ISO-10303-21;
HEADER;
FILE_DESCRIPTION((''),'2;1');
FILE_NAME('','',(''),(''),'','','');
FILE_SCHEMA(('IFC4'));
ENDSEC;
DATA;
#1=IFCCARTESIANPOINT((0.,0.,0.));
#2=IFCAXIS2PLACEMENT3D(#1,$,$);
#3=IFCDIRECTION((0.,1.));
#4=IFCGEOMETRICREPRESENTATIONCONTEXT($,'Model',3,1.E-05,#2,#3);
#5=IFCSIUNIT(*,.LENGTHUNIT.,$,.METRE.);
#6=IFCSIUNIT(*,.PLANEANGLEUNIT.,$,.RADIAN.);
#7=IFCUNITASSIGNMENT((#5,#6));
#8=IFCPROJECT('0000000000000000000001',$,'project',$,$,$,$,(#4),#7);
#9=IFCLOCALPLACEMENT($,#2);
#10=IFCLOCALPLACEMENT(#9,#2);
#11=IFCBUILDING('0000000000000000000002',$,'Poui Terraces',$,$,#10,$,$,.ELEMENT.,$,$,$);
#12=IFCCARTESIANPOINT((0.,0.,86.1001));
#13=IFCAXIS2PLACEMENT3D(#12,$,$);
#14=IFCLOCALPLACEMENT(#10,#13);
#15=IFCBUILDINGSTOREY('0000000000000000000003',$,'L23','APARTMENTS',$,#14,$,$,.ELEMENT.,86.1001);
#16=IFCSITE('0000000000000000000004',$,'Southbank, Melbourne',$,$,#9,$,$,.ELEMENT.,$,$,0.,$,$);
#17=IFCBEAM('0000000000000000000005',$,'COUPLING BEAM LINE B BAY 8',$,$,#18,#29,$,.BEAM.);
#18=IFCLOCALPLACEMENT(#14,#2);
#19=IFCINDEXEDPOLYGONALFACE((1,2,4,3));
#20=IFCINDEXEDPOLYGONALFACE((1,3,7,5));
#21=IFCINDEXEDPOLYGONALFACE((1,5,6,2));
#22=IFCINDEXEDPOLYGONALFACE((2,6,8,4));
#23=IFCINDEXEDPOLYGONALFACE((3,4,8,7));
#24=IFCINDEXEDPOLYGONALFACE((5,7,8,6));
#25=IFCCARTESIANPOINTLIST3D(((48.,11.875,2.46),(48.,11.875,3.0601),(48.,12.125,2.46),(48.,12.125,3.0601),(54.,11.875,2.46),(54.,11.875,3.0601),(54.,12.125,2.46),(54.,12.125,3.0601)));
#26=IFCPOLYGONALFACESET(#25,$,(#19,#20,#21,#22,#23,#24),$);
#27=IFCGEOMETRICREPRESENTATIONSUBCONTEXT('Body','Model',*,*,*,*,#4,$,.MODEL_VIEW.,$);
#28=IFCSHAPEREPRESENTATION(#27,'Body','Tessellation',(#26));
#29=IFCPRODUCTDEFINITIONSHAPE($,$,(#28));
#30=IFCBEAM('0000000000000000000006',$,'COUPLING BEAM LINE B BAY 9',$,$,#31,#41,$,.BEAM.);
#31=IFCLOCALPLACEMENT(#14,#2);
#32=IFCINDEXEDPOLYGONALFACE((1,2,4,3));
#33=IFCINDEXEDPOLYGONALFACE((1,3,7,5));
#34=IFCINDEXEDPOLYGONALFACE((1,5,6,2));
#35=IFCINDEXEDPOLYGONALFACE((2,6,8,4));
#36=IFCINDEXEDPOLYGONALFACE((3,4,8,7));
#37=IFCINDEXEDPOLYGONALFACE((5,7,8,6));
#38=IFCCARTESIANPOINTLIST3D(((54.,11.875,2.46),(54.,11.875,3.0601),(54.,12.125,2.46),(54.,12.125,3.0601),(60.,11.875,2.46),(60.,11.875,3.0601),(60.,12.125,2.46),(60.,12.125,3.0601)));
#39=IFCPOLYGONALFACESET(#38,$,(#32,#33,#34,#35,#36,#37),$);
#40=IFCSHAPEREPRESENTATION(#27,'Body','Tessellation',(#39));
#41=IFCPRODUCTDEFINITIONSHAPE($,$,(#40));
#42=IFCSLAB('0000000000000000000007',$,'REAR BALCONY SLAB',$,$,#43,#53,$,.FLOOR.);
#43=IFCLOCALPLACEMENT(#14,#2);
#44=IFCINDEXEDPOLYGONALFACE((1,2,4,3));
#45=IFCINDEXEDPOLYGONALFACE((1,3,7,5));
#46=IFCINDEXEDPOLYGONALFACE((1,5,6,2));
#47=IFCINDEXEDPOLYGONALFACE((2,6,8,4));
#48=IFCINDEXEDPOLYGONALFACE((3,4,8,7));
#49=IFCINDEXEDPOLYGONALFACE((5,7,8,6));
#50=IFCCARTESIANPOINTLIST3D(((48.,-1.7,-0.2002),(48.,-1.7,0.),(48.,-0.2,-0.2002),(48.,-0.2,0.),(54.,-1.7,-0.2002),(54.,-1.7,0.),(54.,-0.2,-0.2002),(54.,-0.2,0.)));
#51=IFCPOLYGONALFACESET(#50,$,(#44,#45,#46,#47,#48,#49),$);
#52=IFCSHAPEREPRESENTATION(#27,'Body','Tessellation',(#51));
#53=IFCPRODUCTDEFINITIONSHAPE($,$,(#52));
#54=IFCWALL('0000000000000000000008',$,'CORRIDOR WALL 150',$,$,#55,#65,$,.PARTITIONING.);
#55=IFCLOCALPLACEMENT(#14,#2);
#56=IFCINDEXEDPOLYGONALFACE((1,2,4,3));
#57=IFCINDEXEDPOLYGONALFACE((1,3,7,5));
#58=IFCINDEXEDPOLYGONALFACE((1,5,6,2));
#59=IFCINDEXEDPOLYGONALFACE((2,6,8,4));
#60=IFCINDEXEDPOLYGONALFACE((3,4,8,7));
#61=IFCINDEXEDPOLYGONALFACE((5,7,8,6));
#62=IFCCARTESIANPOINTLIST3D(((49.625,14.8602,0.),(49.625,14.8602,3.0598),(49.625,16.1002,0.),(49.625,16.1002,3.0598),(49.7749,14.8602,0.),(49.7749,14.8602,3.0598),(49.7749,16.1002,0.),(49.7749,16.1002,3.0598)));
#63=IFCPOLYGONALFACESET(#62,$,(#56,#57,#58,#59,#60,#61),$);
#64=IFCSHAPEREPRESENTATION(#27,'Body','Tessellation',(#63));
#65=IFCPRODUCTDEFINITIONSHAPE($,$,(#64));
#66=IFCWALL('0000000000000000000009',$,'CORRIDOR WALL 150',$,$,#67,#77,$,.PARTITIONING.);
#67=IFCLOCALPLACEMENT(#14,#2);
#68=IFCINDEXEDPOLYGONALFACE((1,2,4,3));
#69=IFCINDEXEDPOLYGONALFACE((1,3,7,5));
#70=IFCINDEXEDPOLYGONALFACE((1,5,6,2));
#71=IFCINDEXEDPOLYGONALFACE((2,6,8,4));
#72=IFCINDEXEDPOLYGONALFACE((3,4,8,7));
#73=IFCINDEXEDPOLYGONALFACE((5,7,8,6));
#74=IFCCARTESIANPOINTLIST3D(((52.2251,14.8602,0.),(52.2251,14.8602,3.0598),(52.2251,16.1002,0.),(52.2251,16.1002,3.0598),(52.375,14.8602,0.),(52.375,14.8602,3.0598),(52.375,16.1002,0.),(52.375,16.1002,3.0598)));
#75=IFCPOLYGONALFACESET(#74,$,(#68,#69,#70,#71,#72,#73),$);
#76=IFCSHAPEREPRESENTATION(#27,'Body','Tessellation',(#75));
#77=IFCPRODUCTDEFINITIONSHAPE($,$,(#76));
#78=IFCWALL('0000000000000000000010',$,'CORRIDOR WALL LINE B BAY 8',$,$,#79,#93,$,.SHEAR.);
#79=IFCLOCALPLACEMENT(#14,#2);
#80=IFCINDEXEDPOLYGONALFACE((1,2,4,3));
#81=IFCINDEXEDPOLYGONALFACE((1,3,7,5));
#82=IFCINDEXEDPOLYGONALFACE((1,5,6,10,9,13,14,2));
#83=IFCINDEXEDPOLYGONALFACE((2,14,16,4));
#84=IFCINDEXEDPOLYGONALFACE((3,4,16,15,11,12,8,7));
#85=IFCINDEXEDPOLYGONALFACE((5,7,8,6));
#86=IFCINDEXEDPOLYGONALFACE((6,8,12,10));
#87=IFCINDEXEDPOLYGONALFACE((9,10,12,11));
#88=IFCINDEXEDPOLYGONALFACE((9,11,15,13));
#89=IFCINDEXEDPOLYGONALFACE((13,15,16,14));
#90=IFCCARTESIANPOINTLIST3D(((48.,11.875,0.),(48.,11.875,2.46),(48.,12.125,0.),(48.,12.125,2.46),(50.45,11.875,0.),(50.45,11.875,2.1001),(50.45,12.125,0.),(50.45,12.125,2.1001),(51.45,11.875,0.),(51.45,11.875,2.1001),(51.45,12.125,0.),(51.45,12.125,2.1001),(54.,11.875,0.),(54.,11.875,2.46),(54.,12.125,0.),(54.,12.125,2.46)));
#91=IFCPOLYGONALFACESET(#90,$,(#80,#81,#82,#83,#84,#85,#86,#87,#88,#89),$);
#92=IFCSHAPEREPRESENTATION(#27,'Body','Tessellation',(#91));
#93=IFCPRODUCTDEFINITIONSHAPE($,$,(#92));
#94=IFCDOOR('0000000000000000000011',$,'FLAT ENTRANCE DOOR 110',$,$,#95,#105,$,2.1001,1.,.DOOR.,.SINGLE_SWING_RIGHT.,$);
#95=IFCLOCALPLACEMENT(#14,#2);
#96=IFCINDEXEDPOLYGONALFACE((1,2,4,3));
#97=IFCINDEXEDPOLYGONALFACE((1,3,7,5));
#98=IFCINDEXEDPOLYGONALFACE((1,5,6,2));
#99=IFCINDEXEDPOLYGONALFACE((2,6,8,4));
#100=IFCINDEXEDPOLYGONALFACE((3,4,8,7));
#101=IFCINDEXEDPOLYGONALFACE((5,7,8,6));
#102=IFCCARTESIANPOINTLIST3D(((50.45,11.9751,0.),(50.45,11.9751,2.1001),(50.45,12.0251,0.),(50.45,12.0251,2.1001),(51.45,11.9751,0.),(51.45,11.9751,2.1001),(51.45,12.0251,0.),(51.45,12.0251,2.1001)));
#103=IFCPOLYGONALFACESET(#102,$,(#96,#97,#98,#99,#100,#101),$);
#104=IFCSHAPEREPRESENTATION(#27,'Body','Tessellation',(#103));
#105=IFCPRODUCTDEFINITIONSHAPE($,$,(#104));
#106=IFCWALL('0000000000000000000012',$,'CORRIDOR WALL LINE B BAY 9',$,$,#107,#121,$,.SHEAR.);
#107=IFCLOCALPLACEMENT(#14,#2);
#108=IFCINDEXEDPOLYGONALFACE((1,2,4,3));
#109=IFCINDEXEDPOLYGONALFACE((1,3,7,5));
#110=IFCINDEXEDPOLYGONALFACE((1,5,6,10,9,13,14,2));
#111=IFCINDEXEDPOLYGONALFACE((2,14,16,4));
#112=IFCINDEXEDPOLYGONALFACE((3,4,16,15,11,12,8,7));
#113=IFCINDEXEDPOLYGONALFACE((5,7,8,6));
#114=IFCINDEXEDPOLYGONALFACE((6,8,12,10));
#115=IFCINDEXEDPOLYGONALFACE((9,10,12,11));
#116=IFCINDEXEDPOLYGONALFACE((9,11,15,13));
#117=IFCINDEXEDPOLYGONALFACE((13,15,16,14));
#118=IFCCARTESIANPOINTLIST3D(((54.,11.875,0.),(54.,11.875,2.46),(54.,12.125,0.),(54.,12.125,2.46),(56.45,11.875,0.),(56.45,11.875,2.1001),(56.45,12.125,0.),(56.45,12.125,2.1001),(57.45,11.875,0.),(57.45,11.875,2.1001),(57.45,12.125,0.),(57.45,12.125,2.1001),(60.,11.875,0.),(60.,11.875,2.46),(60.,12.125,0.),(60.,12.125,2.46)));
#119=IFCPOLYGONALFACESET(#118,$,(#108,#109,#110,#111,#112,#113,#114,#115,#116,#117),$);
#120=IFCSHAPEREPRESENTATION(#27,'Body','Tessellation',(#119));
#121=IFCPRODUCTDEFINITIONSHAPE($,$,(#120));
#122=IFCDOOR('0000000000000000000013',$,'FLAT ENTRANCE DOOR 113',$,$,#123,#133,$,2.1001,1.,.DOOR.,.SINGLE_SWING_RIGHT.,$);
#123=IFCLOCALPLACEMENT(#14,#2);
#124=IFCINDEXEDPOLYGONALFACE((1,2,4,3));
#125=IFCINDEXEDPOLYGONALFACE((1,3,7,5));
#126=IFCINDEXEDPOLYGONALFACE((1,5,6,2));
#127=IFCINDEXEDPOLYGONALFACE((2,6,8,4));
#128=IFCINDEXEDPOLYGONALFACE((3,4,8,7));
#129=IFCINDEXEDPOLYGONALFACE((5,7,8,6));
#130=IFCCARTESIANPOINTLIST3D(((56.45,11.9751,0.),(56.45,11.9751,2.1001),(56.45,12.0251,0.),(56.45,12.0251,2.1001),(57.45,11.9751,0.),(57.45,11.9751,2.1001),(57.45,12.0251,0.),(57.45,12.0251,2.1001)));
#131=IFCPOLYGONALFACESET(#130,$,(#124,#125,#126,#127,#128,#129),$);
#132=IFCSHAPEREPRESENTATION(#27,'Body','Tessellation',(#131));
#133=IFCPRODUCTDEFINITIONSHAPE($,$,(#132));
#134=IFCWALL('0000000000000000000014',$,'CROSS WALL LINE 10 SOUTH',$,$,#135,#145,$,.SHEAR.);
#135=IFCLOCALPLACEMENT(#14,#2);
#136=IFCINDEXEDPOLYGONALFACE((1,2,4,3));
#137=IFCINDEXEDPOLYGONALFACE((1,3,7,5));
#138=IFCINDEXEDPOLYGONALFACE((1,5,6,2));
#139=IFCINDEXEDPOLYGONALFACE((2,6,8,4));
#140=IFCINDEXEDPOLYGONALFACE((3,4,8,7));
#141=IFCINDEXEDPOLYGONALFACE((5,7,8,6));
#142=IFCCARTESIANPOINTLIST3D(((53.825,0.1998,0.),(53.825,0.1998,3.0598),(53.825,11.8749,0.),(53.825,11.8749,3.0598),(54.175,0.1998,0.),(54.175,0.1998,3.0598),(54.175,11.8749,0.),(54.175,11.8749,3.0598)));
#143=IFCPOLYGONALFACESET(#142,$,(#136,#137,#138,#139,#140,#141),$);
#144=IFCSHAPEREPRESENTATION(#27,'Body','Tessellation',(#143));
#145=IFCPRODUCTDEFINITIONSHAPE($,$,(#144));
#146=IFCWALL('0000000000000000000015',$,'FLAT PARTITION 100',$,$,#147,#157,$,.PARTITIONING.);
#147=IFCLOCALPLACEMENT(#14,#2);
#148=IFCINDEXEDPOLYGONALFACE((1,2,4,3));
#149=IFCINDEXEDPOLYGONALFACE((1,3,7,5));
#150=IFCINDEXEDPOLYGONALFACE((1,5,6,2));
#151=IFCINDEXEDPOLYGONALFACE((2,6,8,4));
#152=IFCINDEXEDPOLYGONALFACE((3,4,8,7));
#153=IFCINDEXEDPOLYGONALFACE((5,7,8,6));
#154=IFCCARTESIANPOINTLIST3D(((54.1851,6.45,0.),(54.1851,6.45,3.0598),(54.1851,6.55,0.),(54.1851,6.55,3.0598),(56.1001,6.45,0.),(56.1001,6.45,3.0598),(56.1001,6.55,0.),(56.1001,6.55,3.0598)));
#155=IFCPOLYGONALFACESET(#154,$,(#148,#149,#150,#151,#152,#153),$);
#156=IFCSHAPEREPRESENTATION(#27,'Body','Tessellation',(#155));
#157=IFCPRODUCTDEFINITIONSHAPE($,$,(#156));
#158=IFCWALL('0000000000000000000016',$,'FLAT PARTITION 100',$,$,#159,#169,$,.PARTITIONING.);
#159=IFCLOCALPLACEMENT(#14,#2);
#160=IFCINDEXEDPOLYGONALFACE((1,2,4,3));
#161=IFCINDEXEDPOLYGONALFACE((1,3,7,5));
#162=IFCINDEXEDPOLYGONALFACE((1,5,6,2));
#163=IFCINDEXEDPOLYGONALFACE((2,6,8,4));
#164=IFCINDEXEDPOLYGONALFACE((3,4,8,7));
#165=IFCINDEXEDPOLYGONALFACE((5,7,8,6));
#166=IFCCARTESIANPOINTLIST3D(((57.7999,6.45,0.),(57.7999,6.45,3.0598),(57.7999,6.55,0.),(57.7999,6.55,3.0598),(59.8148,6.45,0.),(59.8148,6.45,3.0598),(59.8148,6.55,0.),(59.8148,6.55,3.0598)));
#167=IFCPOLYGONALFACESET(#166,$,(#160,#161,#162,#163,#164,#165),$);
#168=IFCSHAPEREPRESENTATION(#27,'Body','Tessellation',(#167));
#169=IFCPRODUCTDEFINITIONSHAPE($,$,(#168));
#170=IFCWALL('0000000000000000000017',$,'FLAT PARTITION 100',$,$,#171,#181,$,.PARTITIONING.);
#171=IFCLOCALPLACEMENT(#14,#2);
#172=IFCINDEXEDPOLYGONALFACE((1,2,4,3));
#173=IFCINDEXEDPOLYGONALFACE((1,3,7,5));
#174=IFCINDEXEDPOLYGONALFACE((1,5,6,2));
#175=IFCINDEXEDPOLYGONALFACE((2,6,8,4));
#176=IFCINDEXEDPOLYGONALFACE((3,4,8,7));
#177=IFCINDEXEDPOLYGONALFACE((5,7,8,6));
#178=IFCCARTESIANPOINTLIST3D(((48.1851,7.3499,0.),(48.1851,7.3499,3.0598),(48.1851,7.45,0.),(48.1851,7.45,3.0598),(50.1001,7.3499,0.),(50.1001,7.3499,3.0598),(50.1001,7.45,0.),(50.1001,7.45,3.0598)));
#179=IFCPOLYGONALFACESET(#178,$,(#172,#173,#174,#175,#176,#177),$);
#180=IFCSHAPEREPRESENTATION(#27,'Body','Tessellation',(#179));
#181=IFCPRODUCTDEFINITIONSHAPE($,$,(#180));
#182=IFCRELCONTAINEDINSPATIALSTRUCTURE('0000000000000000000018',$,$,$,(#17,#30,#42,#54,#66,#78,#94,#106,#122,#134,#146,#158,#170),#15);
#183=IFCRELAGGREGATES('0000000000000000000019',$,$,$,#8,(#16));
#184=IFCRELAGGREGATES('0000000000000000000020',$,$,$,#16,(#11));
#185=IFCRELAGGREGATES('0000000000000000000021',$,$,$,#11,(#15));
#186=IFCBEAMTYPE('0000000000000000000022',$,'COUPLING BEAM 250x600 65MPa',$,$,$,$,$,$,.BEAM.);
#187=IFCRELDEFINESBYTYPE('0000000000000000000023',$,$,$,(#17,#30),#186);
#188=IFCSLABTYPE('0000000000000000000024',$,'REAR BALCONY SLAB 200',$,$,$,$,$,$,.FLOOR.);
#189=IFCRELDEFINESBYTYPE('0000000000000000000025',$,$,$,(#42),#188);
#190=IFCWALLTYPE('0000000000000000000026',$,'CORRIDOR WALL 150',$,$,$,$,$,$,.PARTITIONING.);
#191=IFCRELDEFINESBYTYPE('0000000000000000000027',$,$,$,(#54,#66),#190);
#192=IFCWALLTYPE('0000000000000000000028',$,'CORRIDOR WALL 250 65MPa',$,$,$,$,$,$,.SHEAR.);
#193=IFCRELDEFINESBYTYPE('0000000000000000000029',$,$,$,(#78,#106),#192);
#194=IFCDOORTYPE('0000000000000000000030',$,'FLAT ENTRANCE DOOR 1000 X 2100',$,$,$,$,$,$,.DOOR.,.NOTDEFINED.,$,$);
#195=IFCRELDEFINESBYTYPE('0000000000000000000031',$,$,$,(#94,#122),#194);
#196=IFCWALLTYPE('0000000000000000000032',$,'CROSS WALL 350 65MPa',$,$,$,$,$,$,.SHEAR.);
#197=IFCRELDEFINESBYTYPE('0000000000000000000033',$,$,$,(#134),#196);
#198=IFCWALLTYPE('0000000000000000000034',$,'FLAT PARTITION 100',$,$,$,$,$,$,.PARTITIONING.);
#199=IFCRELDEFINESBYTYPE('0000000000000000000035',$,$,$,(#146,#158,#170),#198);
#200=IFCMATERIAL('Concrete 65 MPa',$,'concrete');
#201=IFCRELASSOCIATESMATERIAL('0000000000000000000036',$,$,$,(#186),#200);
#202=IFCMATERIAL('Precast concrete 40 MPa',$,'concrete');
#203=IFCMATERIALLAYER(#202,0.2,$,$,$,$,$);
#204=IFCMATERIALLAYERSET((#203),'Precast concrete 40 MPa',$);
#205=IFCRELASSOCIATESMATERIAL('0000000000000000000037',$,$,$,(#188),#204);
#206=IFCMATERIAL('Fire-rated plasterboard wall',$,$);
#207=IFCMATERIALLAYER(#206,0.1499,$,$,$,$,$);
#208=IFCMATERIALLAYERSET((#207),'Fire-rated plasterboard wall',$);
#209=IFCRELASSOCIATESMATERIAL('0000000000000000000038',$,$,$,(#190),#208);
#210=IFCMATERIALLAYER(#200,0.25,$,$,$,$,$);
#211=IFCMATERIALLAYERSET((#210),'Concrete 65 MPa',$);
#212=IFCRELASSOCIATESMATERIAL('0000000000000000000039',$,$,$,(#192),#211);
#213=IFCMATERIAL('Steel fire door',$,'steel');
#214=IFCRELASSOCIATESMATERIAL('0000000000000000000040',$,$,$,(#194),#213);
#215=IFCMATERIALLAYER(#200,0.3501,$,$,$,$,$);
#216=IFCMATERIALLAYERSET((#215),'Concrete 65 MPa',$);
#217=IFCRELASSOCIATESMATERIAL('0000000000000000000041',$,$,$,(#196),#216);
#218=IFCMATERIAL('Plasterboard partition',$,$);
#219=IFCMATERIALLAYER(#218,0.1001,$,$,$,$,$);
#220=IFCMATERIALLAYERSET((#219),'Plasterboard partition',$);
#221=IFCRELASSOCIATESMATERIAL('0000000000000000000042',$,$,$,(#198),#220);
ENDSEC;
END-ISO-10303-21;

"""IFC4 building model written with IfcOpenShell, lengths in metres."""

from ifc_helpers import new_model, si_unit, direction, frame, frame_2d, origin, origin_2d, place, context, subcontext, project, spatial, polyline, rectangle, outline, extrude, source, transform, mapped, material, layer, layer_set, material_profile, profile_set, type_object, element, fill, save


model = new_model("IFC4")

# Units and contexts
model_context = context("Model", 3, precision=1e-05, world=origin(), true_north=direction((0.0, 1.0)))
body_context = subcontext(model_context, "Body", "Model", "MODEL_VIEW")
ifc_project = project(units=[si_unit("LENGTHUNIT", "METRE"), si_unit("PLANEANGLEUNIT", "RADIAN")], contexts=[model_context])

# Site, building, storey
site_placement = place(None, origin())
site = spatial("IfcSite", under=ifc_project, at=site_placement, Name="Southbank, Melbourne", CompositionType="ELEMENT", RefElevation=0.0)
building_placement = place(site_placement, origin())
building = spatial("IfcBuilding", under=site, at=building_placement, Name="Poui Terraces", CompositionType="ELEMENT")
storey_placement = place(building_placement, frame((0.0, 0.0, 86.1001)))
storey = spatial("IfcBuildingStorey", under=building, at=storey_placement, Name="L23", Description="APARTMENTS", CompositionType="ELEMENT", Elevation=86.1001)

# Beams
ifc_material_1 = material(Name="Concrete 65 MPa", Category="concrete")
ifc_material_profile_1 = material_profile(ifc_material_1, rectangle(XDim=0.25, YDim=0.6001, at=origin_2d()), Name="RC 250x600")
ifc_profile_set_1 = profile_set([ifc_material_profile_1], Name="Concrete 65 MPa")
beam_type = type_object("IfcBeamType", Name="COUPLING BEAM 250x600 65MPa", PredefinedType="BEAM", material=ifc_profile_set_1)
shared_shape_1 = source(origin(), body_context, "Body", "SweptSolid", [
    extrude(rectangle(XDim=0.25, YDim=0.6001, at=origin_2d()), origin(), (0.0, 0.0, 1.0), 6.0),
])
for number, where, z_axis, x_axis, name in (
    (1, (48.0, 12.0, 2.76), (1.0, 0.0, 0.0), (0.0, 1.0, 0.0), "COUPLING BEAM LINE B BAY 8"),
    (2, (54.0, 12.0, 2.76), (1.0, 0.0, 0.0), (0.0, 1.0, 0.0), "COUPLING BEAM LINE B BAY 9"),
):
    element("IfcBeam", number, at=place(storey_placement, frame(where, z_axis=z_axis, x_axis=x_axis)), inside=storey, type_object=beam_type, Name=name, PredefinedType="BEAM", context=body_context, shape_type="MappedRepresentation", body=[
        mapped(shared_shape_1, transform((0.0, 0.0, 0.0))),
    ])

# Slab
ifc_material_2 = material(Name="Precast concrete 40 MPa", Category="concrete")
ifc_layer_1 = layer(ifc_material_2, 0.2)
ifc_layer_set_1 = layer_set([ifc_layer_1], Name="Precast concrete 40 MPa")
slab_type = type_object("IfcSlabType", Name="REAR BALCONY SLAB 200", PredefinedType="FLOOR", material=ifc_layer_set_1)
shared_shape_2 = source(origin(), body_context, "Body", "SweptSolid", [
    extrude(outline(polyline([(0.0, 0.0), (6.0, 0.0), (6.0, 1.5), (0.0, 1.5), (0.0, 0.0)])), origin(), (0.0, 0.0, 1.0), 0.2002),
])
slab_placement = place(storey_placement, frame((48.0, -1.7, -0.2002)))
element("IfcSlab", 3, at=slab_placement, inside=storey, type_object=slab_type, Name="REAR BALCONY SLAB", PredefinedType="FLOOR", context=body_context, shape_type="MappedRepresentation", body=[
    mapped(shared_shape_2, transform((0.0, 0.0, 0.0))),
])

# Walls
ifc_material_3 = material(Name="Fire-rated plasterboard wall")
ifc_layer_2 = layer(ifc_material_3, 0.1499)
ifc_layer_set_2 = layer_set([ifc_layer_2], Name="Fire-rated plasterboard wall")
wall_type_1 = type_object("IfcWallType", Name="CORRIDOR WALL 150", PredefinedType="PARTITIONING", material=ifc_layer_set_2)
for number, where, z_axis, x_axis, name in (
    (4, (49.7, 14.8601, 0.0), (0.0, 0.0, 1.0), (0.0, 1.0, 0.0), "CORRIDOR WALL 150"),
    (5, (52.3, 14.8601, 0.0), (0.0, 0.0, 1.0), (0.0, 1.0, 0.0), "CORRIDOR WALL 150"),
):
    element("IfcWall", number, at=place(storey_placement, frame(where, z_axis=z_axis, x_axis=x_axis)), inside=storey, type_object=wall_type_1, Name=name, PredefinedType="PARTITIONING", context=body_context, shape_type="SweptSolid", body=[
        extrude(rectangle(XDim=1.24, YDim=0.1499, at=frame_2d((0.6201, 0.0))), origin(), (0.0, 0.0, 1.0), 3.0598),
    ])

# Walls, openings, doors
ifc_layer_3 = layer(ifc_material_1, 0.25)
ifc_layer_set_3 = layer_set([ifc_layer_3], Name="Concrete 65 MPa")
wall_type_2 = type_object("IfcWallType", Name="CORRIDOR WALL 250 65MPa", PredefinedType="SHEAR", material=ifc_layer_set_3)
wall_1_placement = place(storey_placement, frame((48.0, 12.0, 0.0), z_axis=(0.0, 0.0, 1.0), x_axis=(1.0, 0.0, 0.0)))
wall_1 = element("IfcWall", 6, at=wall_1_placement, inside=storey, type_object=wall_type_2, Name="CORRIDOR WALL LINE B BAY 8", PredefinedType="SHEAR", context=body_context, shape_type="SweptSolid", body=[
    extrude(rectangle(XDim=6.0, YDim=0.25, at=frame_2d((3.0, 0.0))), origin(), (0.0, 0.0, 1.0), 2.46),
])
opening_1_placement = place(wall_1_placement, frame((2.45, 0.0, 0.0)))
opening_1 = element("IfcOpeningElement", 7, at=opening_1_placement, cuts=wall_1, PredefinedType="OPENING", context=body_context, shape_type="SweptSolid", body=[
    extrude(rectangle(XDim=1.0, YDim=2.1001, at=frame_2d((0.5, 1.05))), frame((0.0, 0.135, 0.0), z_axis=(0.0, -1.0, 0.0), x_axis=(1.0, 0.0, 0.0)), (0.0, 0.0, 1.0), 0.27),
])
ifc_material_4 = material(Name="Steel fire door", Category="steel")
door_type_1 = type_object("IfcDoorType", Name="FLAT ENTRANCE DOOR 1000 X 2100", OperationType="NOTDEFINED", PredefinedType="DOOR", material=ifc_material_4)
door_1_placement = place(opening_1_placement, frame((1.0, 0.0, 0.0), z_axis=(0.0, 0.0, 1.0), x_axis=(-1.0, 0.0, 0.0)))
door_1 = element("IfcDoor", 8, at=door_1_placement, inside=storey, type_object=door_type_1, Name="FLAT ENTRANCE DOOR 110", OperationType="SINGLE_SWING_RIGHT", OverallHeight=2.1001, OverallWidth=1.0, PredefinedType="DOOR", context=body_context, shape_type="SweptSolid", body=[
    extrude(rectangle(XDim=1.0, YDim=2.1001, at=frame_2d((0.5, 1.05))), frame((0.0, 0.0249, 0.0), z_axis=(0.0, -1.0, 0.0), x_axis=(1.0, 0.0, 0.0)), (0.0, 0.0, 1.0), 0.05),
])
fill(opening_1, door_1)
wall_2_placement = place(storey_placement, frame((54.0, 12.0, 0.0), z_axis=(0.0, 0.0, 1.0), x_axis=(1.0, 0.0, 0.0)))
wall_2 = element("IfcWall", 9, at=wall_2_placement, inside=storey, type_object=wall_type_2, Name="CORRIDOR WALL LINE B BAY 9", PredefinedType="SHEAR", context=body_context, shape_type="SweptSolid", body=[
    extrude(rectangle(XDim=6.0, YDim=0.25, at=frame_2d((3.0, 0.0))), origin(), (0.0, 0.0, 1.0), 2.46),
])
opening_2_placement = place(wall_2_placement, frame((2.45, 0.0, 0.0)))
opening_2 = element("IfcOpeningElement", 10, at=opening_2_placement, cuts=wall_2, PredefinedType="OPENING", context=body_context, shape_type="SweptSolid", body=[
    extrude(rectangle(XDim=1.0, YDim=2.1001, at=frame_2d((0.5, 1.05))), frame((0.0, 0.135, 0.0), z_axis=(0.0, -1.0, 0.0), x_axis=(1.0, 0.0, 0.0)), (0.0, 0.0, 1.0), 0.27),
])
door_2_placement = place(opening_2_placement, frame((1.0, 0.0, 0.0), z_axis=(0.0, 0.0, 1.0), x_axis=(-1.0, 0.0, 0.0)))
door_2 = element("IfcDoor", 11, at=door_2_placement, inside=storey, type_object=door_type_1, Name="FLAT ENTRANCE DOOR 113", OperationType="SINGLE_SWING_RIGHT", OverallHeight=2.1001, OverallWidth=1.0, PredefinedType="DOOR", context=body_context, shape_type="SweptSolid", body=[
    extrude(rectangle(XDim=1.0, YDim=2.1001, at=frame_2d((0.5, 1.05))), frame((0.0, 0.0249, 0.0), z_axis=(0.0, -1.0, 0.0), x_axis=(1.0, 0.0, 0.0)), (0.0, 0.0, 1.0), 0.05),
])
fill(opening_2, door_2)

# Walls
ifc_layer_4 = layer(ifc_material_1, 0.3501)
ifc_layer_set_4 = layer_set([ifc_layer_4], Name="Concrete 65 MPa")
wall_type_3 = type_object("IfcWallType", Name="CROSS WALL 350 65MPa", PredefinedType="SHEAR", material=ifc_layer_set_4)
wall_3_placement = place(storey_placement, frame((54.0, 0.2, 0.0), z_axis=(0.0, 0.0, 1.0), x_axis=(0.0, 1.0, 0.0)))
element("IfcWall", 12, at=wall_3_placement, inside=storey, type_object=wall_type_3, Name="CROSS WALL LINE 10 SOUTH", PredefinedType="SHEAR", context=body_context, shape_type="SweptSolid", body=[
    extrude(rectangle(XDim=11.675, YDim=0.3501, at=frame_2d((5.8374, 0.0))), origin(), (0.0, 0.0, 1.0), 3.0598),
])
ifc_material_5 = material(Name="Plasterboard partition")
ifc_layer_5 = layer(ifc_material_5, 0.1001)
ifc_layer_set_5 = layer_set([ifc_layer_5], Name="Plasterboard partition")
wall_type_4 = type_object("IfcWallType", Name="FLAT PARTITION 100", PredefinedType="PARTITIONING", material=ifc_layer_set_5)
wall_4_placement = place(storey_placement, frame((54.1851, 6.5, 0.0), z_axis=(0.0, 0.0, 1.0), x_axis=(1.0, 0.0, 0.0)))
element("IfcWall", 13, at=wall_4_placement, inside=storey, type_object=wall_type_4, Name="FLAT PARTITION 100", PredefinedType="PARTITIONING", context=body_context, shape_type="SweptSolid", body=[
    extrude(rectangle(XDim=1.915, YDim=0.1001, at=frame_2d((0.9575, 0.0))), origin(), (0.0, 0.0, 1.0), 3.0598),
])
wall_5_placement = place(storey_placement, frame((57.8, 6.5, 0.0), z_axis=(0.0, 0.0, 1.0), x_axis=(1.0, 0.0, 0.0)))
element("IfcWall", 14, at=wall_5_placement, inside=storey, type_object=wall_type_4, Name="FLAT PARTITION 100", PredefinedType="PARTITIONING", context=body_context, shape_type="SweptSolid", body=[
    extrude(rectangle(XDim=2.0149, YDim=0.1001, at=frame_2d((1.0073, 0.0))), origin(), (0.0, 0.0, 1.0), 3.0598),
])
wall_6_placement = place(storey_placement, frame((48.1851, 7.3999, 0.0), z_axis=(0.0, 0.0, 1.0), x_axis=(1.0, 0.0, 0.0)))
element("IfcWall", 15, at=wall_6_placement, inside=storey, type_object=wall_type_4, Name="FLAT PARTITION 100", PredefinedType="PARTITIONING", context=body_context, shape_type="SweptSolid", body=[
    extrude(rectangle(XDim=1.915, YDim=0.1001, at=frame_2d((0.9575, 0.0))), origin(), (0.0, 0.0, 1.0), 3.0598),
])

save(model, "model.ifc")
